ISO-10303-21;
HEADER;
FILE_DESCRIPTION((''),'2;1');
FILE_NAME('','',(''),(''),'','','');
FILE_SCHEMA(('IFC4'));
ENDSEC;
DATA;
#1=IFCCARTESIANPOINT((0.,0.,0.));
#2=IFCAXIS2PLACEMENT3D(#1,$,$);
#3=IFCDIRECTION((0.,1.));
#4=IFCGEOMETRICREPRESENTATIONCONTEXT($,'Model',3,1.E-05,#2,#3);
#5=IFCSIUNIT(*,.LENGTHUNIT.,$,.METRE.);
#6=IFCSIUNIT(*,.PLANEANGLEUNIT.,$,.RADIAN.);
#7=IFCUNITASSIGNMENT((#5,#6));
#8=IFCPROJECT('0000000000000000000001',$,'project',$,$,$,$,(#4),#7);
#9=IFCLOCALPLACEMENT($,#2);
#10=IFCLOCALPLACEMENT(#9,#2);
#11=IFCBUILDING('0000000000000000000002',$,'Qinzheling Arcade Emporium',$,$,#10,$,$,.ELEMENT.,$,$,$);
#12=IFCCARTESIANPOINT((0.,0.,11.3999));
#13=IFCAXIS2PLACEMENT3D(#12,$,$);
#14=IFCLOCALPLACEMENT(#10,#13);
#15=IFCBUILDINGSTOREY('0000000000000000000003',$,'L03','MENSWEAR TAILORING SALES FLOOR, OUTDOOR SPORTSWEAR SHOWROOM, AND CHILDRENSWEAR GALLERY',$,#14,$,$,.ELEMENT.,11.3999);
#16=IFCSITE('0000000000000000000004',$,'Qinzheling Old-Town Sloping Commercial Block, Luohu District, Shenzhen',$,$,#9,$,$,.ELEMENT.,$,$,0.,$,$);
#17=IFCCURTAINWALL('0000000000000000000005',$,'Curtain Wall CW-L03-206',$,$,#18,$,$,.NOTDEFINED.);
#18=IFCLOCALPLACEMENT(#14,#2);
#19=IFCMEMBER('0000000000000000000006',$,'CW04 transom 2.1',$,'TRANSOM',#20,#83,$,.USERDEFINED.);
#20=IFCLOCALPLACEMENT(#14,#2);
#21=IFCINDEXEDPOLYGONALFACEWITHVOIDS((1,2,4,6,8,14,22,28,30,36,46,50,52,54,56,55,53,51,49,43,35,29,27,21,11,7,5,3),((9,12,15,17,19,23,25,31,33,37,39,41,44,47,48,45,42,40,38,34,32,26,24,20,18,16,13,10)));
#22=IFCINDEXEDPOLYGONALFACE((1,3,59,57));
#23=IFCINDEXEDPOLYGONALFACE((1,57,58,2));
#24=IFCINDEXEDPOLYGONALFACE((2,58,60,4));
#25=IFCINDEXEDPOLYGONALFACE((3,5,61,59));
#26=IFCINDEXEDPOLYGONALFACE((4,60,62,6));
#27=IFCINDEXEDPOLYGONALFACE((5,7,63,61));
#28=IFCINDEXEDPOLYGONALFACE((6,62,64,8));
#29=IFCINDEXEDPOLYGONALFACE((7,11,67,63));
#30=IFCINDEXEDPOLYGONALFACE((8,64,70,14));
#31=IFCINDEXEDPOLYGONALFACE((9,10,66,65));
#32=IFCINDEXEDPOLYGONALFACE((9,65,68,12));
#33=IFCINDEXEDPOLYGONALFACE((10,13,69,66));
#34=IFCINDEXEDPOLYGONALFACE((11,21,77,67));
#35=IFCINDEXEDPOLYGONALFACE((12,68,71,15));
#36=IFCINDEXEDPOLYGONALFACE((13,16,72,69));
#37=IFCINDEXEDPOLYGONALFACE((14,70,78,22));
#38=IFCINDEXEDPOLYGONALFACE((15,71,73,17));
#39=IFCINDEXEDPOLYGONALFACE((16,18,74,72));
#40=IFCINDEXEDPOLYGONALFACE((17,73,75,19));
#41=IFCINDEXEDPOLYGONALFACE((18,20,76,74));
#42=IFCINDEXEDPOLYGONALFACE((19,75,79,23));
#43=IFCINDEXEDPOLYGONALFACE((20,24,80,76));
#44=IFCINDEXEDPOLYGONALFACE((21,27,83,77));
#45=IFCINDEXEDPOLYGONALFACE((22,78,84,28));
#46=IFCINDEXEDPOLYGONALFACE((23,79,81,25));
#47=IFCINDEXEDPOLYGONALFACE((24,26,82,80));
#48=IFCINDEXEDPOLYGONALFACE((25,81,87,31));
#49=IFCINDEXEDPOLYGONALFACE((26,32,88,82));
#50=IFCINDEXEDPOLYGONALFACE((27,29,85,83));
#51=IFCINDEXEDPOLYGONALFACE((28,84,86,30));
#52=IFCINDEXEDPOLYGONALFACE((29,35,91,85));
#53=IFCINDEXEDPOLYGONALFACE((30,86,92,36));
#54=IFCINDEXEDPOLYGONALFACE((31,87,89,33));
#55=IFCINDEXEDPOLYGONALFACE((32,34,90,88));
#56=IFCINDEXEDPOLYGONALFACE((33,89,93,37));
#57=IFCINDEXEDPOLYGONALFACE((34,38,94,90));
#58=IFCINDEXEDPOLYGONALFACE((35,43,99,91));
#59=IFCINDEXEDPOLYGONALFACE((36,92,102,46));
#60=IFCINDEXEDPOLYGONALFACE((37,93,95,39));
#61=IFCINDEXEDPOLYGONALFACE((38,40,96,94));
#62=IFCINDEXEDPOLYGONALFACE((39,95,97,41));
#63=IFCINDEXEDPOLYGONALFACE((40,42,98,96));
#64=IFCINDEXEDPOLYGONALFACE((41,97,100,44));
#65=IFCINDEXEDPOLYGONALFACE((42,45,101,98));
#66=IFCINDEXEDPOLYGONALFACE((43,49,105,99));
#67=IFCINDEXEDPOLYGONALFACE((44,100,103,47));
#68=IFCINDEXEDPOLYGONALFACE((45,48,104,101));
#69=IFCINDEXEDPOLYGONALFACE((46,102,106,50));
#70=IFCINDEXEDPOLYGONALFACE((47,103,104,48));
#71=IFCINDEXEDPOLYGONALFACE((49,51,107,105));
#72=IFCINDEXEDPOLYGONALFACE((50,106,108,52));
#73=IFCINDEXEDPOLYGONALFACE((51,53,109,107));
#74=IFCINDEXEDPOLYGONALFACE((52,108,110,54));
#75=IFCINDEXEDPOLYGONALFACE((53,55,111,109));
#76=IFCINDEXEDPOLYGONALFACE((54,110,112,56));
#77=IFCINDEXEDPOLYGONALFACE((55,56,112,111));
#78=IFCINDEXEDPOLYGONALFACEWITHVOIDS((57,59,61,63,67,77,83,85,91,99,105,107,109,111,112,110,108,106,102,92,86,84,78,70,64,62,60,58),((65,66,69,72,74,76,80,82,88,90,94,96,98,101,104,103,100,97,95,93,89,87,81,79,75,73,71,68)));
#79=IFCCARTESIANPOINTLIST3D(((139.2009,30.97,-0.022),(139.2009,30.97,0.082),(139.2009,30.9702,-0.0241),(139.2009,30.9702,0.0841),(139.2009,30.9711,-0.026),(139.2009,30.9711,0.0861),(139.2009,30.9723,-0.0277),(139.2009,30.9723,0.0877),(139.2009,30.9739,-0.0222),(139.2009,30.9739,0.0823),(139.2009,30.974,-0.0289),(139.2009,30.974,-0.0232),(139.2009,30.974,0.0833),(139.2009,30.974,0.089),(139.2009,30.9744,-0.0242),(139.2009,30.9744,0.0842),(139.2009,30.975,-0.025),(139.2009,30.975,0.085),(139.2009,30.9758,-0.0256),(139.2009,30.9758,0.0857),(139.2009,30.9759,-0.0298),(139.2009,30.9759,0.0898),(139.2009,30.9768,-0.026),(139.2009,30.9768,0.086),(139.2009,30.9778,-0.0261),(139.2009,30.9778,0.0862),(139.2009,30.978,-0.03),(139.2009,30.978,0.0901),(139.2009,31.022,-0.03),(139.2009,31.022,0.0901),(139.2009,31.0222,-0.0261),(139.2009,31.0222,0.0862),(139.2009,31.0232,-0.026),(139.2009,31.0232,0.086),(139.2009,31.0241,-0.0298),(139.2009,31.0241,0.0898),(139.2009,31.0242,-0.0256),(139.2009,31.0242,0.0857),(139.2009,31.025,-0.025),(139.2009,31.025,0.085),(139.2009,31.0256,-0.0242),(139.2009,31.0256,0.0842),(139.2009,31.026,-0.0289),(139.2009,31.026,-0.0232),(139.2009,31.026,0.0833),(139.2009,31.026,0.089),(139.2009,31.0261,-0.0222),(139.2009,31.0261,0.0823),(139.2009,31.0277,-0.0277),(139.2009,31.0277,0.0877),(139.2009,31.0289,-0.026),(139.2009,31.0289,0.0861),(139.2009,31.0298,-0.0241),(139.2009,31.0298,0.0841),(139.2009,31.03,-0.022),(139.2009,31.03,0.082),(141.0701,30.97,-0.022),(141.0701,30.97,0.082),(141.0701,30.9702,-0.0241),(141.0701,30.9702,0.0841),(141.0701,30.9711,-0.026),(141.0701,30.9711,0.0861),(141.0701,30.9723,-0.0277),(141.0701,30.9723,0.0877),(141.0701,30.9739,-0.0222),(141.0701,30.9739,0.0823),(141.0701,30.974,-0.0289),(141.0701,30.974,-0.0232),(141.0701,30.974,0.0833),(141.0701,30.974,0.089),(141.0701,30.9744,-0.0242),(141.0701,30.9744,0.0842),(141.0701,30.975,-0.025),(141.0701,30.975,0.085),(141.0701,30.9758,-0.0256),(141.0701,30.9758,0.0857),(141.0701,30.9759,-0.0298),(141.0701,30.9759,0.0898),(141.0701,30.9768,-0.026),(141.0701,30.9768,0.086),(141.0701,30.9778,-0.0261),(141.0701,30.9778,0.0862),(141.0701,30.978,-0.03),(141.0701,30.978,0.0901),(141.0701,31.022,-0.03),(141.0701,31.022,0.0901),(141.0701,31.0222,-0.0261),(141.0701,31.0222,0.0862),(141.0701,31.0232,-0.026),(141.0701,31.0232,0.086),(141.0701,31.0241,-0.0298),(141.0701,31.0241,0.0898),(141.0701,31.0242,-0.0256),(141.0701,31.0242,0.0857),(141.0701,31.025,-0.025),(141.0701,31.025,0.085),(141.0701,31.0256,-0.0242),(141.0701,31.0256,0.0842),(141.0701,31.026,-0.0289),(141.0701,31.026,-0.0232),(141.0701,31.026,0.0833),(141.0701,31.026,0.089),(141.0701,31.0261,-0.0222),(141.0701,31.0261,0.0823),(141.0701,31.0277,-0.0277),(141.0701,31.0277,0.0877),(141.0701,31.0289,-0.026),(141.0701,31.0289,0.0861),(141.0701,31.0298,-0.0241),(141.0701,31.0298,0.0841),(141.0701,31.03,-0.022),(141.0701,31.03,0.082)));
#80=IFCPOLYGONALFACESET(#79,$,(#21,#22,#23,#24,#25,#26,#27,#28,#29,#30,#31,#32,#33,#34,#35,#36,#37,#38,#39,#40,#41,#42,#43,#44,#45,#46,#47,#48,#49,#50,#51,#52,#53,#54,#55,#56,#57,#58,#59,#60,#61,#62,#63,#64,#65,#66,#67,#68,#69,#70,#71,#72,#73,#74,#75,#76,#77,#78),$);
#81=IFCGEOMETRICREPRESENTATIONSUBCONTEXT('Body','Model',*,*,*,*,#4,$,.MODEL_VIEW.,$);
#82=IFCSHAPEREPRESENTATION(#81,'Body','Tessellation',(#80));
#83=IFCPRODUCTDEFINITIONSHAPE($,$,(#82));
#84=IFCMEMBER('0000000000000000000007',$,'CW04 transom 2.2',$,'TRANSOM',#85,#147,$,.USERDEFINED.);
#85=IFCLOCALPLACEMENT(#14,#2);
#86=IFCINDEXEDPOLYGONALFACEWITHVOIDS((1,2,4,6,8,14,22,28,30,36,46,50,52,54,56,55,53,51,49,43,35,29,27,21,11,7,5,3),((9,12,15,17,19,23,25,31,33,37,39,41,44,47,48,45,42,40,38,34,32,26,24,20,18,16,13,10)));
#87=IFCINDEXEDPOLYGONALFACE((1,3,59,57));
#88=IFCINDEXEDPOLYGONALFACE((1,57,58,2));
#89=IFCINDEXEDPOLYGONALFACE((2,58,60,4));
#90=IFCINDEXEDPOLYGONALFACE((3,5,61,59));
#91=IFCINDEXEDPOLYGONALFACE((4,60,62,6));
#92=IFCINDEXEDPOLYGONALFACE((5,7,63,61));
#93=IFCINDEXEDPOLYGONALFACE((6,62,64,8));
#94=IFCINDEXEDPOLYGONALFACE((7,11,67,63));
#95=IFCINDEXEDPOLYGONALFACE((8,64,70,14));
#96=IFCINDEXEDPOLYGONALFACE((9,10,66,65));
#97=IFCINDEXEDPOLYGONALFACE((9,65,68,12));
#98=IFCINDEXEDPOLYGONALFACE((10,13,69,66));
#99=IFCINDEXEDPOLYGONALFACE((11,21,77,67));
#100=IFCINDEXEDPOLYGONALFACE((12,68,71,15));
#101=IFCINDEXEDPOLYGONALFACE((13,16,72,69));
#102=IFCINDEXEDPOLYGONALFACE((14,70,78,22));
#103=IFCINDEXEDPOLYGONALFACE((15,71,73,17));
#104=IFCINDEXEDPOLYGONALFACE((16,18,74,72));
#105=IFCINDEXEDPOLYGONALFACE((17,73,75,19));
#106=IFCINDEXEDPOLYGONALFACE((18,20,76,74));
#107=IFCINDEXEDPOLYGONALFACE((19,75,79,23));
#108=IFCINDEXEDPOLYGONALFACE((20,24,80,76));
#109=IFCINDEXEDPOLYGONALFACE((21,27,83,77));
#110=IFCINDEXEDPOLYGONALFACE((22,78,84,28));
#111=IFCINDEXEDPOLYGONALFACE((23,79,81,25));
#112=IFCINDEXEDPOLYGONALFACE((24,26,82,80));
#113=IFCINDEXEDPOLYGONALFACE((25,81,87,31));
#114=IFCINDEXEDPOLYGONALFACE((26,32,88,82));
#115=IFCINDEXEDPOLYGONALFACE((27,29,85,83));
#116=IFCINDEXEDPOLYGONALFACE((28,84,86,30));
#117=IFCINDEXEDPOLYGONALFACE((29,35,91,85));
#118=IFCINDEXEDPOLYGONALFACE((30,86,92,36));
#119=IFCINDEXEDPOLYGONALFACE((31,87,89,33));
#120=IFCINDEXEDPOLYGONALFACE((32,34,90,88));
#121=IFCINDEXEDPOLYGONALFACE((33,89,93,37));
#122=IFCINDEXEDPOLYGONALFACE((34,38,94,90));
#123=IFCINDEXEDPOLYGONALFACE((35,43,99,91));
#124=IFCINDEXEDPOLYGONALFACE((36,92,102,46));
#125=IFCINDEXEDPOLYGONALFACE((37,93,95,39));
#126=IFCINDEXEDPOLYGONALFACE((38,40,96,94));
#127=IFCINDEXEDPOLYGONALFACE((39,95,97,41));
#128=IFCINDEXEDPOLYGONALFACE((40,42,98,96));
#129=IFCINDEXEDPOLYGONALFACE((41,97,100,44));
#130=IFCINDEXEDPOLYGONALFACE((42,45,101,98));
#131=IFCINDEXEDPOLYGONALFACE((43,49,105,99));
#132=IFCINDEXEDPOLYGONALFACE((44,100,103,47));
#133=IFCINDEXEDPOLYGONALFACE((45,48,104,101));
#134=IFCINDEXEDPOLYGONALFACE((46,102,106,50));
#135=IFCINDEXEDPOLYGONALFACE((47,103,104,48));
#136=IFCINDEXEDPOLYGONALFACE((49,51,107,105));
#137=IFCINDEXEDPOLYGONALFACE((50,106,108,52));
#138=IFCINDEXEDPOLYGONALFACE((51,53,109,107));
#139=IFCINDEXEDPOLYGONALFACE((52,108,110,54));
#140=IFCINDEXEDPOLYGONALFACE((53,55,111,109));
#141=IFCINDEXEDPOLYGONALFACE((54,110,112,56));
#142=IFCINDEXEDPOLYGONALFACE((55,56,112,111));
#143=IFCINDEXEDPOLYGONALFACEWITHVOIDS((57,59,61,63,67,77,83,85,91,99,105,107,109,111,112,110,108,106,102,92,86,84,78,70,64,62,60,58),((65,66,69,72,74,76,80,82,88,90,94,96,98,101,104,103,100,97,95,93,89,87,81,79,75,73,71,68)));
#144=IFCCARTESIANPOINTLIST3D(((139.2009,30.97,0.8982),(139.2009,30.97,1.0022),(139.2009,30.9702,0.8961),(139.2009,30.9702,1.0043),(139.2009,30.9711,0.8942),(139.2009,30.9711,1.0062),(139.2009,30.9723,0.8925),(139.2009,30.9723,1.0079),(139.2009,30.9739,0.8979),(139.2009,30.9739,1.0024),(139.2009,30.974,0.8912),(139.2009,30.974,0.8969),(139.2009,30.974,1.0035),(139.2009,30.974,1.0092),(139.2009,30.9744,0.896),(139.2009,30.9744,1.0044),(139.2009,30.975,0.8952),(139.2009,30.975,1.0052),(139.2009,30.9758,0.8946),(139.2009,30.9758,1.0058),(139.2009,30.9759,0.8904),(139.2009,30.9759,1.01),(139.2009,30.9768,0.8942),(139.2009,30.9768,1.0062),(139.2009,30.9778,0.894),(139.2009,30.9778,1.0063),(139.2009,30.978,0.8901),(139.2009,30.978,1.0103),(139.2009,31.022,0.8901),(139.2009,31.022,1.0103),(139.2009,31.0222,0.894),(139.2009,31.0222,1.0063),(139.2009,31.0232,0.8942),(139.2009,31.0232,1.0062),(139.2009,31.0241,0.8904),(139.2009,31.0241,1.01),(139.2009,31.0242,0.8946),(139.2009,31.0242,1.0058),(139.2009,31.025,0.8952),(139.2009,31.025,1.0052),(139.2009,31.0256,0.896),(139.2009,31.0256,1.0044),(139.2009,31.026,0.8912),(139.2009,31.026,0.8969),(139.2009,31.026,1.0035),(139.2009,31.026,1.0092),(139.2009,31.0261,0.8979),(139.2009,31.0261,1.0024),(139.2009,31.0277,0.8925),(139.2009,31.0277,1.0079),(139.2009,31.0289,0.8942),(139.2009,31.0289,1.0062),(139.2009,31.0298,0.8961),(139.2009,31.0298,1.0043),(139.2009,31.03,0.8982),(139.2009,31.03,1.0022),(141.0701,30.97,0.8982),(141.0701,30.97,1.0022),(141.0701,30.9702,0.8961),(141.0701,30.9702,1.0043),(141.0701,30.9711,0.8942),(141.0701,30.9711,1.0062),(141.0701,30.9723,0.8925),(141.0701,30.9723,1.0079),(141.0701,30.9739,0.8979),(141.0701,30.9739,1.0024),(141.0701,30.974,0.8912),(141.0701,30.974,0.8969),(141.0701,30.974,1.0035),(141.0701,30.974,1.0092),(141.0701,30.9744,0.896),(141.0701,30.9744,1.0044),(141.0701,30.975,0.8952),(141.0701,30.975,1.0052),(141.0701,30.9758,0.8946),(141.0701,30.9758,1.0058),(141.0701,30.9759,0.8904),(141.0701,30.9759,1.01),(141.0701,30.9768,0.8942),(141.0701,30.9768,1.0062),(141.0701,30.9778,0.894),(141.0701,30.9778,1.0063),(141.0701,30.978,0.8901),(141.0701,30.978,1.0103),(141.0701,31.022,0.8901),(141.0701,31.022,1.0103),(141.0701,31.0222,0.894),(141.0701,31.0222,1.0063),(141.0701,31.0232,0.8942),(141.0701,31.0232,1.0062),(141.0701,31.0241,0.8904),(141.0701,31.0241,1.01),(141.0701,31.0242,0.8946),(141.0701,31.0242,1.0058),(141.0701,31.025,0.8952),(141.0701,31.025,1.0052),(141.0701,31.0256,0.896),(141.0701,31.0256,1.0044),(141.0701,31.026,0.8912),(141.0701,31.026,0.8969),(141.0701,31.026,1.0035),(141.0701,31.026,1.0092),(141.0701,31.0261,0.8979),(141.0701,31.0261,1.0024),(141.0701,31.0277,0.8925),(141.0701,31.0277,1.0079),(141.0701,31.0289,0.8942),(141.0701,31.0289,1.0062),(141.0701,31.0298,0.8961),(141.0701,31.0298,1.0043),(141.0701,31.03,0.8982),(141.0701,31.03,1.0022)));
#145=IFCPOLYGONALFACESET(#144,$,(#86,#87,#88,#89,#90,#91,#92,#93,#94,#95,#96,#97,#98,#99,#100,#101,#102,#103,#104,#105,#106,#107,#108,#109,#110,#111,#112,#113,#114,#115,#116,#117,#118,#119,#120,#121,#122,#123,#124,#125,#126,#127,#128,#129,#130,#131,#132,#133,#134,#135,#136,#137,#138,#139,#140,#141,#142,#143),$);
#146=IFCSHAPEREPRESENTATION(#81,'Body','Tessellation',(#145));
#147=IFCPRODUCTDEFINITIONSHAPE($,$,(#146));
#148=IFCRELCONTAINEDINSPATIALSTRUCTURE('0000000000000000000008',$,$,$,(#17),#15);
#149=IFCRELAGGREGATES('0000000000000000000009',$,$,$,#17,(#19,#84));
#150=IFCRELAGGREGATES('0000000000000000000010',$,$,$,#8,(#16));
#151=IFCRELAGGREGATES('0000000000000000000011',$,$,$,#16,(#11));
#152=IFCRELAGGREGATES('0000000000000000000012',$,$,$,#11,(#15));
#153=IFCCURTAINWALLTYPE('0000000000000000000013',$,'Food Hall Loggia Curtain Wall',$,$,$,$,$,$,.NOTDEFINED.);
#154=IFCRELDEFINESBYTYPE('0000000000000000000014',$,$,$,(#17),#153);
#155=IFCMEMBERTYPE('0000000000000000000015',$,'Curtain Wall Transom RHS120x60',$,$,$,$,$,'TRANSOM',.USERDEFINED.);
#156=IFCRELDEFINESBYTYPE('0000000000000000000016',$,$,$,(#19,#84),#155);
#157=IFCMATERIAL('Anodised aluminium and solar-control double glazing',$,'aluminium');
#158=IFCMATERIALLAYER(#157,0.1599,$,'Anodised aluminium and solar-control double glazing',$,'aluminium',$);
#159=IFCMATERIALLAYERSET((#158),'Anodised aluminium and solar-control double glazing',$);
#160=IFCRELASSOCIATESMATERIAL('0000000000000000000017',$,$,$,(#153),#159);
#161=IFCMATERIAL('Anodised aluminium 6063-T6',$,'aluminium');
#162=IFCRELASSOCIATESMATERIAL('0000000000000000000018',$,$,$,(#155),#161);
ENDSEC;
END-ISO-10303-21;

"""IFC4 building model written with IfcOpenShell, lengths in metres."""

from ifc_helpers import new_model, si_unit, direction, frame, origin, origin_2d, place, context, subcontext, project, spatial, hollow_rectangle, extrude, material, layer, layer_set, material_profile, profile_set, type_object, element, aggregate, save


model = new_model("IFC4")

# Units and contexts
model_context = context("Model", 3, precision=1e-05, world=origin(), true_north=direction((0.0, 1.0)))
body_context = subcontext(model_context, "Body", "Model", "MODEL_VIEW")
ifc_project = project(units=[si_unit("LENGTHUNIT", "METRE"), si_unit("PLANEANGLEUNIT", "RADIAN")], contexts=[model_context])

# Site, building, storey
site_placement = place(None, origin())
site = spatial("IfcSite", under=ifc_project, at=site_placement, Name="Qinzheling Old-Town Sloping Commercial Block, Luohu District, Shenzhen", CompositionType="ELEMENT", RefElevation=0.0)
building_placement = place(site_placement, origin())
building = spatial("IfcBuilding", under=site, at=building_placement, Name="Qinzheling Arcade Emporium", CompositionType="ELEMENT")
storey_placement = place(building_placement, frame((0.0, 0.0, 11.3999)))
storey = spatial("IfcBuildingStorey", under=building, at=storey_placement, Name="L03", Description="MENSWEAR TAILORING SALES FLOOR, OUTDOOR SPORTSWEAR SHOWROOM, AND CHILDRENSWEAR GALLERY", CompositionType="ELEMENT", Elevation=11.3999)

# Curtain wall, members
ifc_material_1 = material(Name="Anodised aluminium and solar-control double glazing", Category="aluminium")
ifc_layer_1 = layer(ifc_material_1, 0.1599, Name="Anodised aluminium and solar-control double glazing", Category="aluminium")
ifc_layer_set_1 = layer_set([ifc_layer_1], Name="Anodised aluminium and solar-control double glazing")
curtain_wall_type = type_object("IfcCurtainWallType", Name="Food Hall Loggia Curtain Wall", PredefinedType="NOTDEFINED", material=ifc_layer_set_1)
curtain_wall_placement = place(storey_placement, origin())
curtain_wall = element("IfcCurtainWall", 1, at=curtain_wall_placement, inside=storey, type_object=curtain_wall_type, Name="Curtain Wall CW-L03-206", PredefinedType="NOTDEFINED")
ifc_material_2 = material(Name="Anodised aluminium 6063-T6", Category="aluminium")
ifc_material_profile_1 = material_profile(ifc_material_2, hollow_rectangle(XDim=0.0601, YDim=0.1201, WallThickness=0.0039, InnerFilletRadius=0.0039, OuterFilletRadius=0.0081, at=origin_2d()), Name="RHS 120x60x4", Category="aluminium")
ifc_profile_set_1 = profile_set([ifc_material_profile_1], Name="Anodised aluminium 6063-T6")
member_type_1 = type_object("IfcMemberType", Name="Curtain Wall Transom RHS120x60", ElementType="TRANSOM", PredefinedType="USERDEFINED", material=ifc_profile_set_1)
member_1_placement = place(storey_placement, frame((139.2009, 31.0, 0.03), z_axis=(1.0, 0.0, 0.0), x_axis=(0.0, 1.0, 0.0)))
member_1 = element("IfcMember", 2, at=member_1_placement, type_object=member_type_1, Name="CW04 transom 2.1", ObjectType="TRANSOM", PredefinedType="USERDEFINED", context=body_context, shape_type="SweptSolid", body=[
    extrude(hollow_rectangle(XDim=0.0601, YDim=0.1201, WallThickness=0.0039, InnerFilletRadius=0.0039, OuterFilletRadius=0.0081, at=origin_2d()), origin(), (0.0, 0.0, 1.0), 1.8691),
])
member_2_placement = place(storey_placement, frame((139.2009, 31.0, 0.9502), z_axis=(1.0, 0.0, 0.0), x_axis=(0.0, 1.0, 0.0)))
member_2 = element("IfcMember", 3, at=member_2_placement, type_object=member_type_1, Name="CW04 transom 2.2", ObjectType="TRANSOM", PredefinedType="USERDEFINED", context=body_context, shape_type="SweptSolid", body=[
    extrude(hollow_rectangle(XDim=0.0601, YDim=0.1201, WallThickness=0.0039, InnerFilletRadius=0.0039, OuterFilletRadius=0.0081, at=origin_2d()), origin(), (0.0, 0.0, 1.0), 1.8691),
])

aggregate(curtain_wall, [member_1, member_2])

save(model, "model.ifc")
